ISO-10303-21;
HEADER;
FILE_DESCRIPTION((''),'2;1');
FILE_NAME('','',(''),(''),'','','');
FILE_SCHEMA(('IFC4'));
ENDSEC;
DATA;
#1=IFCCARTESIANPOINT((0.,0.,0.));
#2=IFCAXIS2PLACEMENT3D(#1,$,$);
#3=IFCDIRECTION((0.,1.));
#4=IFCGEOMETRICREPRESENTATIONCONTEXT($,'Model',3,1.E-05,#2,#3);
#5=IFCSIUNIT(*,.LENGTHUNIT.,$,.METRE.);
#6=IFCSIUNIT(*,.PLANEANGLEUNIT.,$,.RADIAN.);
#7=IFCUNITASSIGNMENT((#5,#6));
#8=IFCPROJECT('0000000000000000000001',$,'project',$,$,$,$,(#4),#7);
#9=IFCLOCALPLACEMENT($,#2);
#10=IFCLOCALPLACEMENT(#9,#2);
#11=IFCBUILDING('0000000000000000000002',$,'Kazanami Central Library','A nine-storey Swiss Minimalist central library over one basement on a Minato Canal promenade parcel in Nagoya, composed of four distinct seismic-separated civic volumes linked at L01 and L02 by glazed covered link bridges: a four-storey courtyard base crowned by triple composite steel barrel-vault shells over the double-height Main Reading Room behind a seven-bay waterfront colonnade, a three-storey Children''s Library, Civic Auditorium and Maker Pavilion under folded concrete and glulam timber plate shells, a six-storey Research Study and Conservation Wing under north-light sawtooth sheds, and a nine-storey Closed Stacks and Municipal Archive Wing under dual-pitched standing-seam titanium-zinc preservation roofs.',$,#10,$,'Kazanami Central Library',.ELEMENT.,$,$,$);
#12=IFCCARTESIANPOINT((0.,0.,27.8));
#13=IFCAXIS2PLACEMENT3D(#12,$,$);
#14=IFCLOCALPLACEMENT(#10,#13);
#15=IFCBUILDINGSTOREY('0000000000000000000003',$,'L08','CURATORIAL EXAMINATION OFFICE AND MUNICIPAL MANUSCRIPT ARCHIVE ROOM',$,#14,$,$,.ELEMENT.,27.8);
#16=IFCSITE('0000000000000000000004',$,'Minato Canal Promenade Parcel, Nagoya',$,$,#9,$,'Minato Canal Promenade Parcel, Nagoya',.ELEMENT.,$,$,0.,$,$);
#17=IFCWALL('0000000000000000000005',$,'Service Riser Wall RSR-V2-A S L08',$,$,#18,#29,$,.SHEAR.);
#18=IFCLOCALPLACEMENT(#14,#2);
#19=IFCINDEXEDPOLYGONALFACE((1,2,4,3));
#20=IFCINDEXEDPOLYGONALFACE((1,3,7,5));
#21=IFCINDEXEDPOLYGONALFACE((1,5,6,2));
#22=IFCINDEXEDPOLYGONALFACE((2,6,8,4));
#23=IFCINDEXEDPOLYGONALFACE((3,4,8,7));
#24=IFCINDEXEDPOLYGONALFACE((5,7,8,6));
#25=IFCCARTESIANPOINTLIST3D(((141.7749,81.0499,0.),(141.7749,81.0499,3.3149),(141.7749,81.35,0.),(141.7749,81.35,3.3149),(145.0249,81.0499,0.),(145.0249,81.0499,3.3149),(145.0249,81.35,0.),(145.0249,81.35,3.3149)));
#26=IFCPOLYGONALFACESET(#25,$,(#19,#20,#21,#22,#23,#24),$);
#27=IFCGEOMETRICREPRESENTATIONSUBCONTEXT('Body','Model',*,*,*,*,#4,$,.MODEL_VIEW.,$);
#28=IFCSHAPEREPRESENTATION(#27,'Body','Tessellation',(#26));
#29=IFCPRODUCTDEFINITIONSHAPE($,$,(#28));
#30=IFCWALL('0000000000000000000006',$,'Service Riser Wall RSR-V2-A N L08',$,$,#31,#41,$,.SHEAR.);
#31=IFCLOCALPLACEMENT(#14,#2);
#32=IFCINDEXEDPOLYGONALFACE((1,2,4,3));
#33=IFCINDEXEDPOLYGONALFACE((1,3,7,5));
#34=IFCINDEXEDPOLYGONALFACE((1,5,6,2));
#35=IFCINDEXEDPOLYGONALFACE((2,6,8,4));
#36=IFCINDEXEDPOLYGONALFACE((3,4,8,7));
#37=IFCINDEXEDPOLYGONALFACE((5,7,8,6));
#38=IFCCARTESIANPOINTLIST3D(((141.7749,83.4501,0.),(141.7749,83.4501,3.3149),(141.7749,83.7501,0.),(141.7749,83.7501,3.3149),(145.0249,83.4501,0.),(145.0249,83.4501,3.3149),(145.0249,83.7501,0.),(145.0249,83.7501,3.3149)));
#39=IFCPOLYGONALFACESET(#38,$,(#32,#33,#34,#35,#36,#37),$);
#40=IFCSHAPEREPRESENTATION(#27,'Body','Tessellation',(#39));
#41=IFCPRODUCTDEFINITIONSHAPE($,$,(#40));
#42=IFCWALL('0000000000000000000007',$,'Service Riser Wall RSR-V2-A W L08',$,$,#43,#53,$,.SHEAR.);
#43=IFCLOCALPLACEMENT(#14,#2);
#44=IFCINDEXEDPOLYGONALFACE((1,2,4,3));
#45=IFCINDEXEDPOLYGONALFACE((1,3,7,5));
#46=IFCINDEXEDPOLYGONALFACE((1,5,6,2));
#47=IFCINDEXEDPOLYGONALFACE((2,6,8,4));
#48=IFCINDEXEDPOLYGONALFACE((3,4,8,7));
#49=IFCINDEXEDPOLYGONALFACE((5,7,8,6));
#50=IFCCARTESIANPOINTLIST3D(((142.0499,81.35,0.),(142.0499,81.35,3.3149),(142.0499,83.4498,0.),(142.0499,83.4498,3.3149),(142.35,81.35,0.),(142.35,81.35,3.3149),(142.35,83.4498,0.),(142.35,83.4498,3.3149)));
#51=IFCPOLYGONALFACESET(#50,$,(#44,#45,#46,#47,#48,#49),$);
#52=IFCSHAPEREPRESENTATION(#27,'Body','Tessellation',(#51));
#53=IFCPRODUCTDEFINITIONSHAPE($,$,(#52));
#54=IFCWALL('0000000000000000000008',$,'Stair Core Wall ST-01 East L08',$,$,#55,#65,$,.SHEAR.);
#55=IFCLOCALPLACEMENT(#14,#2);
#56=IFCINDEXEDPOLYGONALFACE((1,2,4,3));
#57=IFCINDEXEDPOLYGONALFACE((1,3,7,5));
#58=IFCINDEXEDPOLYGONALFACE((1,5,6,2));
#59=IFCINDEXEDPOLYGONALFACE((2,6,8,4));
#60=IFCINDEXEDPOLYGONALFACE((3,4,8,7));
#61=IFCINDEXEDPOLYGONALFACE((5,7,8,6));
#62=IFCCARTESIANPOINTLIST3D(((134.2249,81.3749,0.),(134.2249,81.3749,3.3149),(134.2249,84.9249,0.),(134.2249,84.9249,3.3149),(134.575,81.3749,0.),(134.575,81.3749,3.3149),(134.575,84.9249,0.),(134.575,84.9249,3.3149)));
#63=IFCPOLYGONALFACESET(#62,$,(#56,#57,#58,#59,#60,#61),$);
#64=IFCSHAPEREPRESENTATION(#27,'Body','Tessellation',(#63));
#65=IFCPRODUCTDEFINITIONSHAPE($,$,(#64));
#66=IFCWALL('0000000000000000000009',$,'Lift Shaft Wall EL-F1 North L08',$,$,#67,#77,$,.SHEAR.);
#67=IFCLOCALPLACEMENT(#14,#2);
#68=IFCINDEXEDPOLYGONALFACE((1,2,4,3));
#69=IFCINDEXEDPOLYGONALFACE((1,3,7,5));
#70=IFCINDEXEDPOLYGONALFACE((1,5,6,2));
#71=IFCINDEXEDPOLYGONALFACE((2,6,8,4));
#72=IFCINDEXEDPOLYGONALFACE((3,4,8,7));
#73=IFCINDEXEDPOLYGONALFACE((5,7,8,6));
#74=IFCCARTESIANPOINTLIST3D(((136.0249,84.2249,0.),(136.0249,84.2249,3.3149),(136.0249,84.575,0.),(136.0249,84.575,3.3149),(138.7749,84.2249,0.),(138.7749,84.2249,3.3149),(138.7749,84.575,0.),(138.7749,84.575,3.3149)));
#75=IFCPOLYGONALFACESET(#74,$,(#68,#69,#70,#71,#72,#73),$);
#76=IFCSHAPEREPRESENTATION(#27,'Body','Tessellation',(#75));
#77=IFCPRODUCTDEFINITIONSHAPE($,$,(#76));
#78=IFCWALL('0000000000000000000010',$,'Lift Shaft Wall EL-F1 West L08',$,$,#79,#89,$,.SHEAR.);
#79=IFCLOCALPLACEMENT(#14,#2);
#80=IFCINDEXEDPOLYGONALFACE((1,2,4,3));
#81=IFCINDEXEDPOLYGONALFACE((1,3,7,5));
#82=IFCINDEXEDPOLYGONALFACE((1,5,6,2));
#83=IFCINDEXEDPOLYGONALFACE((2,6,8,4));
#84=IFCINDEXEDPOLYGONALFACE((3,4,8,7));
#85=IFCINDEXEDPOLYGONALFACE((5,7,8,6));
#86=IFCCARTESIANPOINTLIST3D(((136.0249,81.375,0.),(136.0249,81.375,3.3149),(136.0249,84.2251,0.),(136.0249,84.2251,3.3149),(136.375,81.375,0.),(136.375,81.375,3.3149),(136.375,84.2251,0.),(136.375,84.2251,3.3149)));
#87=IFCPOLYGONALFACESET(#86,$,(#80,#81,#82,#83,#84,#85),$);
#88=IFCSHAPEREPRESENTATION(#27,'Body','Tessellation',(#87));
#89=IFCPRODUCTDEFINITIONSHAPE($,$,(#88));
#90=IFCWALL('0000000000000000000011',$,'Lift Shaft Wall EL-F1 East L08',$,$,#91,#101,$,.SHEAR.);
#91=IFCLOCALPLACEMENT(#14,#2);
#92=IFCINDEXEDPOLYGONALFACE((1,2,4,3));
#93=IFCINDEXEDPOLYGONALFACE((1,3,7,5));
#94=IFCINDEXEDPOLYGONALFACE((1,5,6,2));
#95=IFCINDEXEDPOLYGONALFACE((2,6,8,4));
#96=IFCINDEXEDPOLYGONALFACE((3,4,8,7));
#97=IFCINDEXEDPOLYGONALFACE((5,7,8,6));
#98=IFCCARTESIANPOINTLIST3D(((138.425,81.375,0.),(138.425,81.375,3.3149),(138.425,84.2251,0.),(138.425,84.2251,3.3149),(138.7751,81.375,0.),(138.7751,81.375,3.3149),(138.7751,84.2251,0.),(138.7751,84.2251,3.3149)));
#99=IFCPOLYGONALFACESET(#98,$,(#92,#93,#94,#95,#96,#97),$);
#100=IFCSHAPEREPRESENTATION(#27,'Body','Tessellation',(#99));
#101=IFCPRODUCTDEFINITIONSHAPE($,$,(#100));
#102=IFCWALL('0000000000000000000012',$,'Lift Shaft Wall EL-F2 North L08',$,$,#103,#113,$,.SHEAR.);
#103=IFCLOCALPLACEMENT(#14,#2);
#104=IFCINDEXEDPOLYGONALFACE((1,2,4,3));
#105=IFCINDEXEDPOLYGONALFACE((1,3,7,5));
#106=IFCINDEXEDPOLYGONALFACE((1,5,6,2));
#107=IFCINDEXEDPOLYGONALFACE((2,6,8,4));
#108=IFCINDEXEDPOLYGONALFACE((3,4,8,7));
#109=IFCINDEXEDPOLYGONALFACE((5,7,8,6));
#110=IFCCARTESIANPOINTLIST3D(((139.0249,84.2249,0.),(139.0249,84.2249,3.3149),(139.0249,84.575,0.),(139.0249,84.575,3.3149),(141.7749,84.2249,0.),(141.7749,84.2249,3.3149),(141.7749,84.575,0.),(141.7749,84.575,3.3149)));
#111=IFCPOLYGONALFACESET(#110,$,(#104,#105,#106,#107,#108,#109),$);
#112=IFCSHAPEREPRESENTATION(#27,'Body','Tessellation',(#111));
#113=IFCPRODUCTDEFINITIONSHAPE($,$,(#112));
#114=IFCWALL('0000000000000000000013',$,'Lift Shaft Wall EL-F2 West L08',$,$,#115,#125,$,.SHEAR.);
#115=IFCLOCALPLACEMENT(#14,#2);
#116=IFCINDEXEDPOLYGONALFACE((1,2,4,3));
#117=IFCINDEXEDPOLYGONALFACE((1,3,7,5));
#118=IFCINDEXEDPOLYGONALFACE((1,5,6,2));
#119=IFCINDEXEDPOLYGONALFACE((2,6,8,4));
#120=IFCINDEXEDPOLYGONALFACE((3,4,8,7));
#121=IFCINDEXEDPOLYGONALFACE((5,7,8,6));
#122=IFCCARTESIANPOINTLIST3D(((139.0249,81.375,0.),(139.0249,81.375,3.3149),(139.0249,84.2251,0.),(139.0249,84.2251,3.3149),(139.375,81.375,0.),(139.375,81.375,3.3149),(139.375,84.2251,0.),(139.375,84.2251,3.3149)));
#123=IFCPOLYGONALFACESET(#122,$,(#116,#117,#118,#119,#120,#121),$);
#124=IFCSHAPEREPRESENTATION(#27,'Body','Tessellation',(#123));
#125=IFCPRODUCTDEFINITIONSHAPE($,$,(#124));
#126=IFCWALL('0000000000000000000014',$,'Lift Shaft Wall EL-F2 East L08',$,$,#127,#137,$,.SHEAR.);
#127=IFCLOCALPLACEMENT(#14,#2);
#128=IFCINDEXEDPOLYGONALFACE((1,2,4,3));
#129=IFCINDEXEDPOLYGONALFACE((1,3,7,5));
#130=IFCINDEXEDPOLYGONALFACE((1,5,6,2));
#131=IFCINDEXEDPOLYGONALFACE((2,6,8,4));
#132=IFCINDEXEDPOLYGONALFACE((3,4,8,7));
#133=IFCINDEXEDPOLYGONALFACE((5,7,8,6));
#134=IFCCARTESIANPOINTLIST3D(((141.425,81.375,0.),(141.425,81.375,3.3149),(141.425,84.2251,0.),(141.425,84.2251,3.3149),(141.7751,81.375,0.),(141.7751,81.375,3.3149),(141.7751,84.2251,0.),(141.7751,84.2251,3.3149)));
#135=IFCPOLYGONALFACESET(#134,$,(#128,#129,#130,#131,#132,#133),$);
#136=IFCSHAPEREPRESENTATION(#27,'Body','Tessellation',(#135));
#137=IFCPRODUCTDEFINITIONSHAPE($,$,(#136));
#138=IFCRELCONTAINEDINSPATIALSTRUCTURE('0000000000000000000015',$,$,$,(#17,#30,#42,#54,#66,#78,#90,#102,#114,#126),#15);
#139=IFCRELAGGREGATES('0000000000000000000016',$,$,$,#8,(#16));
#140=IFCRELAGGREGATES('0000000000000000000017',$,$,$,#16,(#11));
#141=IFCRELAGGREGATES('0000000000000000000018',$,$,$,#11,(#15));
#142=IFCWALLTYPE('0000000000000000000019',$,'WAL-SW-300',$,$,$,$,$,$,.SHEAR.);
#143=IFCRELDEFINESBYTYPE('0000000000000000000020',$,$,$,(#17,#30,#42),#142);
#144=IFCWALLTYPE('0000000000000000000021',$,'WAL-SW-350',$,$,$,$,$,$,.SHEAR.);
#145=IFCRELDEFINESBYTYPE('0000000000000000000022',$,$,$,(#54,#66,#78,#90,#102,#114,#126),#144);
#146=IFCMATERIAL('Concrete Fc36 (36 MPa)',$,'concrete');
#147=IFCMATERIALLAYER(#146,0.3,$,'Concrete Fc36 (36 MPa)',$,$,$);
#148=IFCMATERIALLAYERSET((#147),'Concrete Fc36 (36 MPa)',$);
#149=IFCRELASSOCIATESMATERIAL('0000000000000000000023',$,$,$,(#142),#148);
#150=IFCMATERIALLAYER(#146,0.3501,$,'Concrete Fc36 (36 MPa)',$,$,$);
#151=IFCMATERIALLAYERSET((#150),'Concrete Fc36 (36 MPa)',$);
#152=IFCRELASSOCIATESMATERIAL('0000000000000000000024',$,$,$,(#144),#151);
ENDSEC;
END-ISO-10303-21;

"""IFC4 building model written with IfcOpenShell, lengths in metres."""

from ifc_helpers import new_model, si_unit, direction, frame, frame_2d, origin, place, context, subcontext, project, spatial, rectangle, extrude, material, layer, layer_set, type_object, element, save


model = new_model("IFC4")

# Units and contexts
model_context = context("Model", 3, precision=1e-05, world=origin(), true_north=direction((0.0, 1.0)))
body_context = subcontext(model_context, "Body", "Model", "MODEL_VIEW")
ifc_project = project(units=[si_unit("LENGTHUNIT", "METRE"), si_unit("PLANEANGLEUNIT", "RADIAN")], contexts=[model_context])

# Site, building, storey
site_placement = place(None, origin())
site = spatial("IfcSite", under=ifc_project, at=site_placement, Name="Minato Canal Promenade Parcel, Nagoya", LongName="Minato Canal Promenade Parcel, Nagoya", CompositionType="ELEMENT", RefElevation=0.0)
building_placement = place(site_placement, origin())
building = spatial("IfcBuilding", under=site, at=building_placement, Name="Kazanami Central Library", Description="A nine-storey Swiss Minimalist central library over one basement on a Minato Canal promenade parcel in Nagoya, composed of four distinct seismic-separated civic volumes linked at L01 and L02 by glazed covered link bridges: a four-storey courtyard base crowned by triple composite steel barrel-vault shells over the double-height Main Reading Room behind a seven-bay waterfront colonnade, a three-storey Children's Library, Civic Auditorium and Maker Pavilion under folded concrete and glulam timber plate shells, a six-storey Research Study and Conservation Wing under north-light sawtooth sheds, and a nine-storey Closed Stacks and Municipal Archive Wing under dual-pitched standing-seam titanium-zinc preservation roofs.", LongName="Kazanami Central Library", CompositionType="ELEMENT")
storey_placement = place(building_placement, frame((0.0, 0.0, 27.8)))
storey = spatial("IfcBuildingStorey", under=building, at=storey_placement, Name="L08", Description="CURATORIAL EXAMINATION OFFICE AND MUNICIPAL MANUSCRIPT ARCHIVE ROOM", CompositionType="ELEMENT", Elevation=27.8)

# Shared definitions
ifc_material_1 = material(Name="Concrete Fc36 (36 MPa)", Category="concrete")

# Walls
ifc_layer_1 = layer(ifc_material_1, 0.3, Name="Concrete Fc36 (36 MPa)")
ifc_layer_set_1 = layer_set([ifc_layer_1], Name="Concrete Fc36 (36 MPa)")
wall_type_1 = type_object("IfcWallType", Name="WAL-SW-300", PredefinedType="SHEAR", material=ifc_layer_set_1)
for number, where, z_axis, x_axis, name in (
    (1, (141.7749, 81.2, 0.0), (0.0, 0.0, 1.0), (1.0, 0.0, 0.0), "Service Riser Wall RSR-V2-A S L08"),
    (2, (141.7749, 83.6001, 0.0), (0.0, 0.0, 1.0), (1.0, 0.0, 0.0), "Service Riser Wall RSR-V2-A N L08"),
):
    element("IfcWall", number, at=place(storey_placement, frame(where, z_axis=z_axis, x_axis=x_axis)), inside=storey, type_object=wall_type_1, Name=name, PredefinedType="SHEAR", context=body_context, shape_type="SweptSolid", body=[
        extrude(rectangle(XDim=3.25, YDim=0.3, at=frame_2d((1.625, 0.0))), origin(), (0.0, 0.0, 1.0), 3.3149),
    ])
wall_1_placement = place(storey_placement, frame((142.2, 81.3501, 0.0), z_axis=(0.0, 0.0, 1.0), x_axis=(0.0, 1.0, 0.0)))
element("IfcWall", 3, at=wall_1_placement, inside=storey, type_object=wall_type_1, Name="Service Riser Wall RSR-V2-A W L08", PredefinedType="SHEAR", context=body_context, shape_type="SweptSolid", body=[
    extrude(rectangle(XDim=2.0999, YDim=0.3, at=frame_2d((1.0498, 0.0))), origin(), (0.0, 0.0, 1.0), 3.3149),
])
ifc_layer_2 = layer(ifc_material_1, 0.3501, Name="Concrete Fc36 (36 MPa)")
ifc_layer_set_2 = layer_set([ifc_layer_2], Name="Concrete Fc36 (36 MPa)")
wall_type_2 = type_object("IfcWallType", Name="WAL-SW-350", PredefinedType="SHEAR", material=ifc_layer_set_2)
wall_2_placement = place(storey_placement, frame((134.3999, 81.375, 0.0), z_axis=(0.0, 0.0, 1.0), x_axis=(0.0, 1.0, 0.0)))
element("IfcWall", 4, at=wall_2_placement, inside=storey, type_object=wall_type_2, Name="Stair Core Wall ST-01 East L08", PredefinedType="SHEAR", context=body_context, shape_type="SweptSolid", body=[
    extrude(rectangle(XDim=3.55, YDim=0.3501, at=frame_2d((1.7749, 0.0))), origin(), (0.0, 0.0, 1.0), 3.3149),
])

# Walls
wall_3_placement = place(storey_placement, frame((136.0249, 84.3999, 0.0), z_axis=(0.0, 0.0, 1.0), x_axis=(1.0, 0.0, 0.0)))
element("IfcWall", 5, at=wall_3_placement, inside=storey, type_object=wall_type_2, Name="Lift Shaft Wall EL-F1 North L08", PredefinedType="SHEAR", context=body_context, shape_type="SweptSolid", body=[
    extrude(rectangle(XDim=2.75, YDim=0.3501, at=frame_2d((1.375, 0.0))), origin(), (0.0, 0.0, 1.0), 3.3149),
])
for number, where, z_axis, x_axis, name in (
    (6, (136.2, 81.375, 0.0), (0.0, 0.0, 1.0), (0.0, 1.0, 0.0), "Lift Shaft Wall EL-F1 West L08"),
    (7, (138.6001, 81.375, 0.0), (0.0, 0.0, 1.0), (0.0, 1.0, 0.0), "Lift Shaft Wall EL-F1 East L08"),
):
    element("IfcWall", number, at=place(storey_placement, frame(where, z_axis=z_axis, x_axis=x_axis)), inside=storey, type_object=wall_type_2, Name=name, PredefinedType="SHEAR", context=body_context, shape_type="SweptSolid", body=[
        extrude(rectangle(XDim=2.8501, YDim=0.3501, at=frame_2d((1.425, 0.0))), origin(), (0.0, 0.0, 1.0), 3.3149),
    ])

# Walls
wall_4_placement = place(storey_placement, frame((139.0249, 84.3999, 0.0), z_axis=(0.0, 0.0, 1.0), x_axis=(1.0, 0.0, 0.0)))
element("IfcWall", 8, at=wall_4_placement, inside=storey, type_object=wall_type_2, Name="Lift Shaft Wall EL-F2 North L08", PredefinedType="SHEAR", context=body_context, shape_type="SweptSolid", body=[
    extrude(rectangle(XDim=2.75, YDim=0.3501, at=frame_2d((1.375, 0.0))), origin(), (0.0, 0.0, 1.0), 3.3149),
])
for number, where, z_axis, x_axis, name in (
    (9, (139.2, 81.375, 0.0), (0.0, 0.0, 1.0), (0.0, 1.0, 0.0), "Lift Shaft Wall EL-F2 West L08"),
    (10, (141.6001, 81.375, 0.0), (0.0, 0.0, 1.0), (0.0, 1.0, 0.0), "Lift Shaft Wall EL-F2 East L08"),
):
    element("IfcWall", number, at=place(storey_placement, frame(where, z_axis=z_axis, x_axis=x_axis)), inside=storey, type_object=wall_type_2, Name=name, PredefinedType="SHEAR", context=body_context, shape_type="SweptSolid", body=[
        extrude(rectangle(XDim=2.8501, YDim=0.3501, at=frame_2d((1.425, 0.0))), origin(), (0.0, 0.0, 1.0), 3.3149),
    ])

save(model, "model.ifc")
